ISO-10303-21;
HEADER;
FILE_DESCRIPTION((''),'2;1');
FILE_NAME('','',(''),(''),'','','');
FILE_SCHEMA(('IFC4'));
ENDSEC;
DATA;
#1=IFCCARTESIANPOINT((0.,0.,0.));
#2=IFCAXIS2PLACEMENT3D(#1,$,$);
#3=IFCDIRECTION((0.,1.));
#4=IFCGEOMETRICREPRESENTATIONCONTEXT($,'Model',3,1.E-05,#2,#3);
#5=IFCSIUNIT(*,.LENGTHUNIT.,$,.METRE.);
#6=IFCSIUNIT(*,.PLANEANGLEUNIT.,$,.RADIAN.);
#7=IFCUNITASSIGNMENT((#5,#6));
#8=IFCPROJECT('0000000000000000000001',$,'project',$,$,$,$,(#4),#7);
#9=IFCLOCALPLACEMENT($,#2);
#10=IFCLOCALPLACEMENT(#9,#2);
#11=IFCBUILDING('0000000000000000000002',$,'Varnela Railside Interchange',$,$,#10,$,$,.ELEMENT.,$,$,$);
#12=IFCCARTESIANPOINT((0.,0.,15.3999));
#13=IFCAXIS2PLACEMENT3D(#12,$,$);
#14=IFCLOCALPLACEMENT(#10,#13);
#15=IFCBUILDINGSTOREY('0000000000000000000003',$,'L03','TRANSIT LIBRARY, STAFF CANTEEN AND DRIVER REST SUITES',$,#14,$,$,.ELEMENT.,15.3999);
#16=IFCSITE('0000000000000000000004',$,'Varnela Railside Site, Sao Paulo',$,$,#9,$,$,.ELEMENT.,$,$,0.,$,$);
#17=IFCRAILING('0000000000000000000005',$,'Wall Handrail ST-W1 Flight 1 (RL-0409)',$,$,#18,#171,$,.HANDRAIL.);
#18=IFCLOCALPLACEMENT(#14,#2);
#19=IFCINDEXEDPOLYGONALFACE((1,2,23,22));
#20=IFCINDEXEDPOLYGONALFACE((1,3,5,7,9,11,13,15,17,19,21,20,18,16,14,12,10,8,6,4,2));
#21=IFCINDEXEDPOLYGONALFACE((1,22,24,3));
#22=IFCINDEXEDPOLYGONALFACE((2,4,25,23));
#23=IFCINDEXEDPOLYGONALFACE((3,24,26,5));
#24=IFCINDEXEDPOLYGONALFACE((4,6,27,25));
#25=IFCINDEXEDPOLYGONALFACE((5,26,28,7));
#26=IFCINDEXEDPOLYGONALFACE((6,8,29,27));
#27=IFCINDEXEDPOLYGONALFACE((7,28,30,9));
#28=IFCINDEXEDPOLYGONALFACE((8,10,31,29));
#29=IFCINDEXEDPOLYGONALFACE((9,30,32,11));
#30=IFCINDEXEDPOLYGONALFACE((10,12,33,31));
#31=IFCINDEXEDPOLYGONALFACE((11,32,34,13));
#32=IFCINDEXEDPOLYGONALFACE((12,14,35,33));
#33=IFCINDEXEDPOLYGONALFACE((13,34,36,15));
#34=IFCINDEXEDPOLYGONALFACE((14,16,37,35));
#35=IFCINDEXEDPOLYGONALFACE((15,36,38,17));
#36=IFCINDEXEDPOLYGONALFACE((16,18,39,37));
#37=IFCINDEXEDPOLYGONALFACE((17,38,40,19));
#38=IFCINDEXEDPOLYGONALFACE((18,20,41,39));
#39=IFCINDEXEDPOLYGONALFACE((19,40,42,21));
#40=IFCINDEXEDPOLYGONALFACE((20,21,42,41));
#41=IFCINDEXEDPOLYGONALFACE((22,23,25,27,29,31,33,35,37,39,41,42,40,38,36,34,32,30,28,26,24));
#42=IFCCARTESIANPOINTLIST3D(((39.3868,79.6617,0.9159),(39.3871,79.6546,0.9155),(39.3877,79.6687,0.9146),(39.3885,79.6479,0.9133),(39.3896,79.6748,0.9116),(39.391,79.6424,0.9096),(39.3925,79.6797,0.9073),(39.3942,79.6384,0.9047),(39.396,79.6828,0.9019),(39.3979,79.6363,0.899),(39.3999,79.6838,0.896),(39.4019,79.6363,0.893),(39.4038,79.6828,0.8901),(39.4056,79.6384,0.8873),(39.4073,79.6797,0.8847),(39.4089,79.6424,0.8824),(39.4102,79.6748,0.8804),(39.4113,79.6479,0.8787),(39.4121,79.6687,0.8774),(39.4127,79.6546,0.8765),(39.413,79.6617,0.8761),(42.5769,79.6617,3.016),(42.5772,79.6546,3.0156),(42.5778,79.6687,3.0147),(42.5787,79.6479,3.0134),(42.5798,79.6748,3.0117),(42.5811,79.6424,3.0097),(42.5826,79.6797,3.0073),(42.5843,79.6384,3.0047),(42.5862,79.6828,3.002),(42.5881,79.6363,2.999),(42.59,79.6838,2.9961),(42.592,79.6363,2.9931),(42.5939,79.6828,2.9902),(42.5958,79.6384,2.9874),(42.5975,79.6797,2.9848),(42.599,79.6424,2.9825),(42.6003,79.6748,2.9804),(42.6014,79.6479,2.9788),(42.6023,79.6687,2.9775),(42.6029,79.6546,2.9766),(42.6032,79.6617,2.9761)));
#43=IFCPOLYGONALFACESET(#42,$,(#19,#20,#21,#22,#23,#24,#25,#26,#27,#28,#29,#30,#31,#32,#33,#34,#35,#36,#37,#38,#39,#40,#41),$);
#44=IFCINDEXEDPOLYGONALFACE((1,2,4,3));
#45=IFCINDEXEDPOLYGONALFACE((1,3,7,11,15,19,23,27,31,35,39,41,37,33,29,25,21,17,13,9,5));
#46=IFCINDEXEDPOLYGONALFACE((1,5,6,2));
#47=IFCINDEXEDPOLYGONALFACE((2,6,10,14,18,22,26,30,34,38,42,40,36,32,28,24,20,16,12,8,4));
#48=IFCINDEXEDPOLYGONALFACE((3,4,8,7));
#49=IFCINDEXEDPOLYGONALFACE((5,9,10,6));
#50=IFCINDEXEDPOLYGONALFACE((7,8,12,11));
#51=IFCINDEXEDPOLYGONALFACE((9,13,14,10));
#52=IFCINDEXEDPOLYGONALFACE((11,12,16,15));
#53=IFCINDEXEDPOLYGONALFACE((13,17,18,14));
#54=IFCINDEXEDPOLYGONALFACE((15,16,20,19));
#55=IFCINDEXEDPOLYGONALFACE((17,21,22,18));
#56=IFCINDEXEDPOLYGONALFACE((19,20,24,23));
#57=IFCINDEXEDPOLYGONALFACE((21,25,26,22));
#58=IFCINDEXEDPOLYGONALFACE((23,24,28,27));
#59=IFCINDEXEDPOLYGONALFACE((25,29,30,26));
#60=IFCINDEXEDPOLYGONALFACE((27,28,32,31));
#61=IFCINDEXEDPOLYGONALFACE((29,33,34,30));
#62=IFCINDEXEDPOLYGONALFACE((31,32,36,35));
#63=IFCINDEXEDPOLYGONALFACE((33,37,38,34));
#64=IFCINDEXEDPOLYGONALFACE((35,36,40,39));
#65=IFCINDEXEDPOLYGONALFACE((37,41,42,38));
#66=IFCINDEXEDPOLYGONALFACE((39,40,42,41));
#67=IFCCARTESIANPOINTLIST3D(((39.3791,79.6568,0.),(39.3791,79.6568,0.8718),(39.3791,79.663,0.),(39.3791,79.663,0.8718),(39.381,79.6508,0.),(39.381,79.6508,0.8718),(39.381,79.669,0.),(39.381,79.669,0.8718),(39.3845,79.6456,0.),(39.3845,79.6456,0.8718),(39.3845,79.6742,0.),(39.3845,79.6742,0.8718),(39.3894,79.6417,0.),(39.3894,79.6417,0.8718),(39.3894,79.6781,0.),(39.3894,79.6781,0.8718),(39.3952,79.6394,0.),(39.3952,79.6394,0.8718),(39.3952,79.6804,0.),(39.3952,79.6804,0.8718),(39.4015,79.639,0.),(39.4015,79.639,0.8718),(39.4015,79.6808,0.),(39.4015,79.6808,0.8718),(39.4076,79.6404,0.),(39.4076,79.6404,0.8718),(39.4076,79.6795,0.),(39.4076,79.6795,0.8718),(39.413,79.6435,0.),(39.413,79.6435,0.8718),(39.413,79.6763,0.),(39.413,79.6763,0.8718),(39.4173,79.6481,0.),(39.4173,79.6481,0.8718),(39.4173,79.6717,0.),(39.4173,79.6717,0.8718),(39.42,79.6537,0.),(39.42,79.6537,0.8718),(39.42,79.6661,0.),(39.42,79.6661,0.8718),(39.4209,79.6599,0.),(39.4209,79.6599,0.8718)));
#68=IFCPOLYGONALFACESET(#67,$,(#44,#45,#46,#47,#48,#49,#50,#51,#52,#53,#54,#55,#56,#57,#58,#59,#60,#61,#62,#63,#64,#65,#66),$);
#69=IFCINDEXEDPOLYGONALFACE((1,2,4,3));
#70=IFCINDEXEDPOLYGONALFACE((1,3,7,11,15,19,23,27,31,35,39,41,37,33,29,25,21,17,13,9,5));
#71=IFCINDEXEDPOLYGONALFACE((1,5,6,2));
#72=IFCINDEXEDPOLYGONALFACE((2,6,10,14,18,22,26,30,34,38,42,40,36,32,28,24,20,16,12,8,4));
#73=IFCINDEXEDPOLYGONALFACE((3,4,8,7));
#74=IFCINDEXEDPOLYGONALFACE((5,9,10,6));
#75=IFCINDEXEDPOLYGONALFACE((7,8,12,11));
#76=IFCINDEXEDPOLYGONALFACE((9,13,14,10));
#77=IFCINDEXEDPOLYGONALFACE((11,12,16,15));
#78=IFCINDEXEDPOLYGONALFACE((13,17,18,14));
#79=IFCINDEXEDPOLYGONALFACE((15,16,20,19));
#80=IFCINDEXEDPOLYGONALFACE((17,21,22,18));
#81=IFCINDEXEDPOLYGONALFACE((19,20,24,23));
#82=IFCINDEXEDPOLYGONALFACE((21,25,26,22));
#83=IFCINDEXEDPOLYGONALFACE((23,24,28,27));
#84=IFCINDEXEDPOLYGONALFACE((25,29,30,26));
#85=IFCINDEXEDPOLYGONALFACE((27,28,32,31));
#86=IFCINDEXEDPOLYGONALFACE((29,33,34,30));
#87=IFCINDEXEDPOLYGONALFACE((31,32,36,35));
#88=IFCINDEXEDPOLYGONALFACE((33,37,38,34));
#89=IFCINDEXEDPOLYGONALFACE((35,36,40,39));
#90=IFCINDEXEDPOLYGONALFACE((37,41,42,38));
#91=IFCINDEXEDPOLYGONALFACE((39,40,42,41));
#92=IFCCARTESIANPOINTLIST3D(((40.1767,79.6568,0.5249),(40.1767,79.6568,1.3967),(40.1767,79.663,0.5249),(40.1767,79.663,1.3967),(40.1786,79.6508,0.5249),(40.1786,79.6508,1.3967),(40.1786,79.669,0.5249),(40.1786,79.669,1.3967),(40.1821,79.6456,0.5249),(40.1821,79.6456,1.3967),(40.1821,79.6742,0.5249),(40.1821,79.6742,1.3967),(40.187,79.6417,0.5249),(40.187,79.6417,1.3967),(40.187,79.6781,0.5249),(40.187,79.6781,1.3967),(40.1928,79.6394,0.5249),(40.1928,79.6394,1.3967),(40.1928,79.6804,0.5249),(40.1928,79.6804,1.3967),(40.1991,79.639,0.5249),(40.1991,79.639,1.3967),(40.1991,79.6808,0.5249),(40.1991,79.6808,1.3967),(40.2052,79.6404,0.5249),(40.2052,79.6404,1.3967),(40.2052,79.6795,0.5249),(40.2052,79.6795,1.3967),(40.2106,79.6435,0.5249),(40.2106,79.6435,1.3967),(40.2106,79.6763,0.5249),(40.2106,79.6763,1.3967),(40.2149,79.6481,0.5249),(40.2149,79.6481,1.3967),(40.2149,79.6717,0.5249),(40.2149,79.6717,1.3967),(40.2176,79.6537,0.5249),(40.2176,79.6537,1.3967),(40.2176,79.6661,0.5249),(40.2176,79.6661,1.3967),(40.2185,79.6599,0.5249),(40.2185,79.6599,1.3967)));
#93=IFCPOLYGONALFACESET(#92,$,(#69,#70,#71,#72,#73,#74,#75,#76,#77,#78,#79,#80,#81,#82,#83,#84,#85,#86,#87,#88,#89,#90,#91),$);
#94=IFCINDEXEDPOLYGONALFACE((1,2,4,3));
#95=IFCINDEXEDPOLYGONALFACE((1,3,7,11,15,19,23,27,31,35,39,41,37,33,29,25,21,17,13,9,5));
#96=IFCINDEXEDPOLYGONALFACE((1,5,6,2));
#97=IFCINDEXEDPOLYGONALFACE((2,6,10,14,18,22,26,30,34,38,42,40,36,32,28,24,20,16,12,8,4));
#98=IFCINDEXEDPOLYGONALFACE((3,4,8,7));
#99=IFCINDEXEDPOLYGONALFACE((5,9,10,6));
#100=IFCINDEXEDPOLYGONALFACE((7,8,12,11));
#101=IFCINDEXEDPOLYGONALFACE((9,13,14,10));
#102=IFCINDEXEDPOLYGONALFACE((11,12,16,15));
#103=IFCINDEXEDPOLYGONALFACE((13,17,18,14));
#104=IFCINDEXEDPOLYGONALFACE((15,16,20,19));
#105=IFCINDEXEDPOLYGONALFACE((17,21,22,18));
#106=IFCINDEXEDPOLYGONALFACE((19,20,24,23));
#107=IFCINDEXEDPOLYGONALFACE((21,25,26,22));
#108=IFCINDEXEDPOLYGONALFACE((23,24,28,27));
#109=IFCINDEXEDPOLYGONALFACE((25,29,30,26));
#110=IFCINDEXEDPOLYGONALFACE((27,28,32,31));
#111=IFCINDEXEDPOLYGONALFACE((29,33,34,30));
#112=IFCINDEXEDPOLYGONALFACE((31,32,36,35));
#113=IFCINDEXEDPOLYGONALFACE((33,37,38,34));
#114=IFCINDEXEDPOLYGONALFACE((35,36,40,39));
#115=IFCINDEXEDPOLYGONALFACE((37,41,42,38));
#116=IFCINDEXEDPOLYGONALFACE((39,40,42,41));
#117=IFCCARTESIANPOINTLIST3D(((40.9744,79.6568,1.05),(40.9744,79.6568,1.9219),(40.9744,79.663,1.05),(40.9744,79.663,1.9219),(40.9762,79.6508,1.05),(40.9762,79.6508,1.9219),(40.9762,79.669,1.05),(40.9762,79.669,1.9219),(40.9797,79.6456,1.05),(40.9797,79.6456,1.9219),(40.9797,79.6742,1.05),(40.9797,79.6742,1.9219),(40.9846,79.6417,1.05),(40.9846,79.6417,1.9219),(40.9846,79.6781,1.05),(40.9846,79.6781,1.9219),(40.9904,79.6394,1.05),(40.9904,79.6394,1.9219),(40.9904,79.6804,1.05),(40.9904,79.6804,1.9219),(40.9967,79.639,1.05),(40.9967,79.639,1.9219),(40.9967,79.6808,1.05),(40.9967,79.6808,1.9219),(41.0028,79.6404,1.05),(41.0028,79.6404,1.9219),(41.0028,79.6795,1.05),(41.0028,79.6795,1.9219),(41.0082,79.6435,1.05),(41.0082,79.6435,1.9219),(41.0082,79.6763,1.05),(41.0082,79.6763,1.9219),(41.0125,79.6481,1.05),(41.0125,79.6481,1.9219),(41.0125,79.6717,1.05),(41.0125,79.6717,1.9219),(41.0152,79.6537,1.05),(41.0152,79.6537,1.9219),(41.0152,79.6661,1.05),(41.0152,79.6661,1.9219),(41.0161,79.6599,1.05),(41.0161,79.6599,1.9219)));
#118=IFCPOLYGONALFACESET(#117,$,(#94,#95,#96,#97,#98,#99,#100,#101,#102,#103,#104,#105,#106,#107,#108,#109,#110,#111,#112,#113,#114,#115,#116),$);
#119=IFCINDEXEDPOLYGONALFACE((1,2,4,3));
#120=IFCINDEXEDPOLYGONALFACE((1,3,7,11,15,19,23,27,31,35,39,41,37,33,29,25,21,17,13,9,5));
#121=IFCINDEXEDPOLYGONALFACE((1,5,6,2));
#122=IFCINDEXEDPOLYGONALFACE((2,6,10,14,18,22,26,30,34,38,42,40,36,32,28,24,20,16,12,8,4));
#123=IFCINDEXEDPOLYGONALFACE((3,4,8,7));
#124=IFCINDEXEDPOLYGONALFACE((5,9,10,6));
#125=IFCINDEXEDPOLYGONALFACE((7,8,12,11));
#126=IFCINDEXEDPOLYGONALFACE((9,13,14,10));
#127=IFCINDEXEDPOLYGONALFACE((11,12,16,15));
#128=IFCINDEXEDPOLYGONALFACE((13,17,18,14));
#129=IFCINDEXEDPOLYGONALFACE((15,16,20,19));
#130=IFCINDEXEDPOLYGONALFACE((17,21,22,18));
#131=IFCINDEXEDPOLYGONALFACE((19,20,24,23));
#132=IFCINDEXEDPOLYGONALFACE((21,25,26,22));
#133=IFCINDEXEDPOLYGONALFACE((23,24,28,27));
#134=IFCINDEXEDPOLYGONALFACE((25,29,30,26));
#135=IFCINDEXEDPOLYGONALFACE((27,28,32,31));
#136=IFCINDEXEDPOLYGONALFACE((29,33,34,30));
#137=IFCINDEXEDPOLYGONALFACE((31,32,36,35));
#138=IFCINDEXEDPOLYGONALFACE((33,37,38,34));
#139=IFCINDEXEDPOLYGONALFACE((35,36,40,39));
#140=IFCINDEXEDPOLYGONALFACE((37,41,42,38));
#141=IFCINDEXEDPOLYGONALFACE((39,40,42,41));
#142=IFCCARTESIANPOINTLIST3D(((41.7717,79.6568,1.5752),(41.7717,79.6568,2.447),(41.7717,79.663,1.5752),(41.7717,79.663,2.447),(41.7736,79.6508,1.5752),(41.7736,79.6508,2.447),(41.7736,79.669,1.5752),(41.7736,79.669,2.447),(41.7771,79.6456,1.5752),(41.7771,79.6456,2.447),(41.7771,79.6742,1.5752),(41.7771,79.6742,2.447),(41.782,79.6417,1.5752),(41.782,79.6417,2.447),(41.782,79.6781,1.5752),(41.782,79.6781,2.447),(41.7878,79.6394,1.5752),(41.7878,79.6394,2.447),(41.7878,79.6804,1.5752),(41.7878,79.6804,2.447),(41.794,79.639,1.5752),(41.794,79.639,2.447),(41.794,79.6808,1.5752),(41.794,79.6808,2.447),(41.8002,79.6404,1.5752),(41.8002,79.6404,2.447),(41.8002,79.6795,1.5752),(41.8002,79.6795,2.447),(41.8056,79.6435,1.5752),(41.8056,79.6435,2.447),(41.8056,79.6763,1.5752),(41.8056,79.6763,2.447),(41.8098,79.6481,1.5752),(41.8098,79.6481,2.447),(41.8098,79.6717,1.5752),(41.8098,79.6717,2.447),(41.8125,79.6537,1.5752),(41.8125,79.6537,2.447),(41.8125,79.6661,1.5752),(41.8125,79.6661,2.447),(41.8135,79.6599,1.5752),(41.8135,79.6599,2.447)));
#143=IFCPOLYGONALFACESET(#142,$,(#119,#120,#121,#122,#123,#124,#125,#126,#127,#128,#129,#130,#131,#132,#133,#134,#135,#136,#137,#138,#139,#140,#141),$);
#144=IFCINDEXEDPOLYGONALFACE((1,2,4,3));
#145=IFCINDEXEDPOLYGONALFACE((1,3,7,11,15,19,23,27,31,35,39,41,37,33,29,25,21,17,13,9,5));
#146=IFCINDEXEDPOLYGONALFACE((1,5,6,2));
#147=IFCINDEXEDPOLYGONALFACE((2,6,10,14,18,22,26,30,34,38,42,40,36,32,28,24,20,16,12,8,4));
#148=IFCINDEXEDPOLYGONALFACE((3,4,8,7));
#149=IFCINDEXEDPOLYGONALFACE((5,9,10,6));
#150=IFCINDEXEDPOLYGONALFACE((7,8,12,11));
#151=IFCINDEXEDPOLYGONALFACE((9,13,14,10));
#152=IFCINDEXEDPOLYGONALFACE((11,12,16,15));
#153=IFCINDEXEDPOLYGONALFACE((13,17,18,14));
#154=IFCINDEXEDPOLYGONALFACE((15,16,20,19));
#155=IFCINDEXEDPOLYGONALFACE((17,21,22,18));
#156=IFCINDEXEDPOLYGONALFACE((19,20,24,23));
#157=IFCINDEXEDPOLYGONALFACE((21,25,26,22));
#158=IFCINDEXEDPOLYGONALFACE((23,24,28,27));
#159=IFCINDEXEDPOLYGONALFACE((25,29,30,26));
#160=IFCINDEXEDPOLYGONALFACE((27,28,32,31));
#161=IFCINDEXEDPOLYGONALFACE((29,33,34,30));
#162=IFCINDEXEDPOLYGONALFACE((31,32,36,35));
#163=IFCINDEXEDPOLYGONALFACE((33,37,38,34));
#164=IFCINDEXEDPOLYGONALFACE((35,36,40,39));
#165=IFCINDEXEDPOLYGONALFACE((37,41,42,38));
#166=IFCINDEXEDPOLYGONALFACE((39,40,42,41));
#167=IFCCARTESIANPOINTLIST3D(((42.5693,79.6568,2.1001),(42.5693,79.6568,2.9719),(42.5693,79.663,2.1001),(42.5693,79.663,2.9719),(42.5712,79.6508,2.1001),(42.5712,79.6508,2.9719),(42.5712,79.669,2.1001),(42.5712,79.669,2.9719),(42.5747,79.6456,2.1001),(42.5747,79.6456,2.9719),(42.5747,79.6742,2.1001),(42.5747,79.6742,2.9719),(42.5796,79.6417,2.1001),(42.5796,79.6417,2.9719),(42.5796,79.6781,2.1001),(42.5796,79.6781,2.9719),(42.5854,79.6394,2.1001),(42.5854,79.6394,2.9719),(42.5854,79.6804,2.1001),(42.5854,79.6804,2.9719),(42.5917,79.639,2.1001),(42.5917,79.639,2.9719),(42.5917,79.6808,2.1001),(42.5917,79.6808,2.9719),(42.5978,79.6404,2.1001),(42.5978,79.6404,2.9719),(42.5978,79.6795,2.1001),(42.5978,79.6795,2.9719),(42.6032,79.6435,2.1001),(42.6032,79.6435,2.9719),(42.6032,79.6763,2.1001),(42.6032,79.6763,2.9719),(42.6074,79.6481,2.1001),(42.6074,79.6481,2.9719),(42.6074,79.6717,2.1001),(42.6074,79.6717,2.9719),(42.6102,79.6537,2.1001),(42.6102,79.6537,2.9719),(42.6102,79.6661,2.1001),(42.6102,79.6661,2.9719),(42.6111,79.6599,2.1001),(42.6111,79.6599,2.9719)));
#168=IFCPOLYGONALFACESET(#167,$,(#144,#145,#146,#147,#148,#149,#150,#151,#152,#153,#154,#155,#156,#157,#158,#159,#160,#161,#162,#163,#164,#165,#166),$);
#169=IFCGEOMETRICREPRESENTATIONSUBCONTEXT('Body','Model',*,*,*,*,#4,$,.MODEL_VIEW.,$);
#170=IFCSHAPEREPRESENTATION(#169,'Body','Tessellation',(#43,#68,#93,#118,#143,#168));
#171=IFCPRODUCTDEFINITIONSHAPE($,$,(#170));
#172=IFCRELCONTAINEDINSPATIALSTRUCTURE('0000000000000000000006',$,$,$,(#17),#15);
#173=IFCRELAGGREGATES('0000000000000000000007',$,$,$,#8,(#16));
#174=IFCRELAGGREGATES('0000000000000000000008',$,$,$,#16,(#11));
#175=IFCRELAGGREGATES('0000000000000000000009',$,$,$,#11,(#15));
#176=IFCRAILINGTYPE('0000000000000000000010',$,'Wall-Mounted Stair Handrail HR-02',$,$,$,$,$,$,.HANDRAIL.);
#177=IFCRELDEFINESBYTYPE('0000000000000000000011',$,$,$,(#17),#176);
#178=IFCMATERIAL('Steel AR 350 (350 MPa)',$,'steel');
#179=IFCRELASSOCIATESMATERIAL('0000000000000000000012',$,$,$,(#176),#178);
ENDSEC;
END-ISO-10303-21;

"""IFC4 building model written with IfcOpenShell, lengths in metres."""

from ifc_helpers import new_model, si_unit, direction, frame, origin, origin_2d, place, context, subcontext, project, spatial, circle, extrude, material, type_object, element, save


model = new_model("IFC4")

# Units and contexts
model_context = context("Model", 3, precision=1e-05, world=origin(), true_north=direction((0.0, 1.0)))
body_context = subcontext(model_context, "Body", "Model", "MODEL_VIEW")
ifc_project = project(units=[si_unit("LENGTHUNIT", "METRE"), si_unit("PLANEANGLEUNIT", "RADIAN")], contexts=[model_context])

# Site, building, storey
site_placement = place(None, origin())
site = spatial("IfcSite", under=ifc_project, at=site_placement, Name="Varnela Railside Site, Sao Paulo", CompositionType="ELEMENT", RefElevation=0.0)
building_placement = place(site_placement, origin())
building = spatial("IfcBuilding", under=site, at=building_placement, Name="Varnela Railside Interchange", CompositionType="ELEMENT")
storey_placement = place(building_placement, frame((0.0, 0.0, 15.3999)))
storey = spatial("IfcBuildingStorey", under=building, at=storey_placement, Name="L03", Description="TRANSIT LIBRARY, STAFF CANTEEN AND DRIVER REST SUITES", CompositionType="ELEMENT", Elevation=15.3999)

# Shared definitions
ifc_material_1 = material(Name="Steel AR 350 (350 MPa)", Category="steel")

# Railing
railing_type_1 = type_object("IfcRailingType", Name="Wall-Mounted Stair Handrail HR-02", PredefinedType="HANDRAIL", material=ifc_material_1)
railing_1_placement = place(storey_placement, frame((39.3999, 79.6599, 0.0)))
element("IfcRailing", 1, at=railing_1_placement, inside=storey, type_object=railing_type_1, Name="Wall Handrail ST-W1 Flight 1 (RL-0409)", PredefinedType="HANDRAIL", context=body_context, shape_type="SweptSolid", body=[
    extrude(circle(Radius=0.0239, at=origin_2d()), frame((0.0, 0.0, 0.896), z_axis=(0.835262, 0.0, 0.549852), x_axis=(0.0, 1.0, 0.0)), (0.0, 0.0, 1.0), 3.8193),
    extrude(circle(Radius=0.021, at=origin_2d()), origin(), (0.0, 0.0, 1.0), 0.8718),
    extrude(circle(Radius=0.021, at=origin_2d()), frame((0.7976, 0.0, 0.5249)), (0.0, 0.0, 1.0), 0.8718),
    extrude(circle(Radius=0.021, at=origin_2d()), frame((1.5952, 0.0, 1.05)), (0.0, 0.0, 1.0), 0.8718),
    extrude(circle(Radius=0.021, at=origin_2d()), frame((2.3926, 0.0, 1.5752)), (0.0, 0.0, 1.0), 0.8718),
    extrude(circle(Radius=0.021, at=origin_2d()), frame((3.1902, 0.0, 2.1001)), (0.0, 0.0, 1.0), 0.8718),
])

save(model, "model.ifc")
